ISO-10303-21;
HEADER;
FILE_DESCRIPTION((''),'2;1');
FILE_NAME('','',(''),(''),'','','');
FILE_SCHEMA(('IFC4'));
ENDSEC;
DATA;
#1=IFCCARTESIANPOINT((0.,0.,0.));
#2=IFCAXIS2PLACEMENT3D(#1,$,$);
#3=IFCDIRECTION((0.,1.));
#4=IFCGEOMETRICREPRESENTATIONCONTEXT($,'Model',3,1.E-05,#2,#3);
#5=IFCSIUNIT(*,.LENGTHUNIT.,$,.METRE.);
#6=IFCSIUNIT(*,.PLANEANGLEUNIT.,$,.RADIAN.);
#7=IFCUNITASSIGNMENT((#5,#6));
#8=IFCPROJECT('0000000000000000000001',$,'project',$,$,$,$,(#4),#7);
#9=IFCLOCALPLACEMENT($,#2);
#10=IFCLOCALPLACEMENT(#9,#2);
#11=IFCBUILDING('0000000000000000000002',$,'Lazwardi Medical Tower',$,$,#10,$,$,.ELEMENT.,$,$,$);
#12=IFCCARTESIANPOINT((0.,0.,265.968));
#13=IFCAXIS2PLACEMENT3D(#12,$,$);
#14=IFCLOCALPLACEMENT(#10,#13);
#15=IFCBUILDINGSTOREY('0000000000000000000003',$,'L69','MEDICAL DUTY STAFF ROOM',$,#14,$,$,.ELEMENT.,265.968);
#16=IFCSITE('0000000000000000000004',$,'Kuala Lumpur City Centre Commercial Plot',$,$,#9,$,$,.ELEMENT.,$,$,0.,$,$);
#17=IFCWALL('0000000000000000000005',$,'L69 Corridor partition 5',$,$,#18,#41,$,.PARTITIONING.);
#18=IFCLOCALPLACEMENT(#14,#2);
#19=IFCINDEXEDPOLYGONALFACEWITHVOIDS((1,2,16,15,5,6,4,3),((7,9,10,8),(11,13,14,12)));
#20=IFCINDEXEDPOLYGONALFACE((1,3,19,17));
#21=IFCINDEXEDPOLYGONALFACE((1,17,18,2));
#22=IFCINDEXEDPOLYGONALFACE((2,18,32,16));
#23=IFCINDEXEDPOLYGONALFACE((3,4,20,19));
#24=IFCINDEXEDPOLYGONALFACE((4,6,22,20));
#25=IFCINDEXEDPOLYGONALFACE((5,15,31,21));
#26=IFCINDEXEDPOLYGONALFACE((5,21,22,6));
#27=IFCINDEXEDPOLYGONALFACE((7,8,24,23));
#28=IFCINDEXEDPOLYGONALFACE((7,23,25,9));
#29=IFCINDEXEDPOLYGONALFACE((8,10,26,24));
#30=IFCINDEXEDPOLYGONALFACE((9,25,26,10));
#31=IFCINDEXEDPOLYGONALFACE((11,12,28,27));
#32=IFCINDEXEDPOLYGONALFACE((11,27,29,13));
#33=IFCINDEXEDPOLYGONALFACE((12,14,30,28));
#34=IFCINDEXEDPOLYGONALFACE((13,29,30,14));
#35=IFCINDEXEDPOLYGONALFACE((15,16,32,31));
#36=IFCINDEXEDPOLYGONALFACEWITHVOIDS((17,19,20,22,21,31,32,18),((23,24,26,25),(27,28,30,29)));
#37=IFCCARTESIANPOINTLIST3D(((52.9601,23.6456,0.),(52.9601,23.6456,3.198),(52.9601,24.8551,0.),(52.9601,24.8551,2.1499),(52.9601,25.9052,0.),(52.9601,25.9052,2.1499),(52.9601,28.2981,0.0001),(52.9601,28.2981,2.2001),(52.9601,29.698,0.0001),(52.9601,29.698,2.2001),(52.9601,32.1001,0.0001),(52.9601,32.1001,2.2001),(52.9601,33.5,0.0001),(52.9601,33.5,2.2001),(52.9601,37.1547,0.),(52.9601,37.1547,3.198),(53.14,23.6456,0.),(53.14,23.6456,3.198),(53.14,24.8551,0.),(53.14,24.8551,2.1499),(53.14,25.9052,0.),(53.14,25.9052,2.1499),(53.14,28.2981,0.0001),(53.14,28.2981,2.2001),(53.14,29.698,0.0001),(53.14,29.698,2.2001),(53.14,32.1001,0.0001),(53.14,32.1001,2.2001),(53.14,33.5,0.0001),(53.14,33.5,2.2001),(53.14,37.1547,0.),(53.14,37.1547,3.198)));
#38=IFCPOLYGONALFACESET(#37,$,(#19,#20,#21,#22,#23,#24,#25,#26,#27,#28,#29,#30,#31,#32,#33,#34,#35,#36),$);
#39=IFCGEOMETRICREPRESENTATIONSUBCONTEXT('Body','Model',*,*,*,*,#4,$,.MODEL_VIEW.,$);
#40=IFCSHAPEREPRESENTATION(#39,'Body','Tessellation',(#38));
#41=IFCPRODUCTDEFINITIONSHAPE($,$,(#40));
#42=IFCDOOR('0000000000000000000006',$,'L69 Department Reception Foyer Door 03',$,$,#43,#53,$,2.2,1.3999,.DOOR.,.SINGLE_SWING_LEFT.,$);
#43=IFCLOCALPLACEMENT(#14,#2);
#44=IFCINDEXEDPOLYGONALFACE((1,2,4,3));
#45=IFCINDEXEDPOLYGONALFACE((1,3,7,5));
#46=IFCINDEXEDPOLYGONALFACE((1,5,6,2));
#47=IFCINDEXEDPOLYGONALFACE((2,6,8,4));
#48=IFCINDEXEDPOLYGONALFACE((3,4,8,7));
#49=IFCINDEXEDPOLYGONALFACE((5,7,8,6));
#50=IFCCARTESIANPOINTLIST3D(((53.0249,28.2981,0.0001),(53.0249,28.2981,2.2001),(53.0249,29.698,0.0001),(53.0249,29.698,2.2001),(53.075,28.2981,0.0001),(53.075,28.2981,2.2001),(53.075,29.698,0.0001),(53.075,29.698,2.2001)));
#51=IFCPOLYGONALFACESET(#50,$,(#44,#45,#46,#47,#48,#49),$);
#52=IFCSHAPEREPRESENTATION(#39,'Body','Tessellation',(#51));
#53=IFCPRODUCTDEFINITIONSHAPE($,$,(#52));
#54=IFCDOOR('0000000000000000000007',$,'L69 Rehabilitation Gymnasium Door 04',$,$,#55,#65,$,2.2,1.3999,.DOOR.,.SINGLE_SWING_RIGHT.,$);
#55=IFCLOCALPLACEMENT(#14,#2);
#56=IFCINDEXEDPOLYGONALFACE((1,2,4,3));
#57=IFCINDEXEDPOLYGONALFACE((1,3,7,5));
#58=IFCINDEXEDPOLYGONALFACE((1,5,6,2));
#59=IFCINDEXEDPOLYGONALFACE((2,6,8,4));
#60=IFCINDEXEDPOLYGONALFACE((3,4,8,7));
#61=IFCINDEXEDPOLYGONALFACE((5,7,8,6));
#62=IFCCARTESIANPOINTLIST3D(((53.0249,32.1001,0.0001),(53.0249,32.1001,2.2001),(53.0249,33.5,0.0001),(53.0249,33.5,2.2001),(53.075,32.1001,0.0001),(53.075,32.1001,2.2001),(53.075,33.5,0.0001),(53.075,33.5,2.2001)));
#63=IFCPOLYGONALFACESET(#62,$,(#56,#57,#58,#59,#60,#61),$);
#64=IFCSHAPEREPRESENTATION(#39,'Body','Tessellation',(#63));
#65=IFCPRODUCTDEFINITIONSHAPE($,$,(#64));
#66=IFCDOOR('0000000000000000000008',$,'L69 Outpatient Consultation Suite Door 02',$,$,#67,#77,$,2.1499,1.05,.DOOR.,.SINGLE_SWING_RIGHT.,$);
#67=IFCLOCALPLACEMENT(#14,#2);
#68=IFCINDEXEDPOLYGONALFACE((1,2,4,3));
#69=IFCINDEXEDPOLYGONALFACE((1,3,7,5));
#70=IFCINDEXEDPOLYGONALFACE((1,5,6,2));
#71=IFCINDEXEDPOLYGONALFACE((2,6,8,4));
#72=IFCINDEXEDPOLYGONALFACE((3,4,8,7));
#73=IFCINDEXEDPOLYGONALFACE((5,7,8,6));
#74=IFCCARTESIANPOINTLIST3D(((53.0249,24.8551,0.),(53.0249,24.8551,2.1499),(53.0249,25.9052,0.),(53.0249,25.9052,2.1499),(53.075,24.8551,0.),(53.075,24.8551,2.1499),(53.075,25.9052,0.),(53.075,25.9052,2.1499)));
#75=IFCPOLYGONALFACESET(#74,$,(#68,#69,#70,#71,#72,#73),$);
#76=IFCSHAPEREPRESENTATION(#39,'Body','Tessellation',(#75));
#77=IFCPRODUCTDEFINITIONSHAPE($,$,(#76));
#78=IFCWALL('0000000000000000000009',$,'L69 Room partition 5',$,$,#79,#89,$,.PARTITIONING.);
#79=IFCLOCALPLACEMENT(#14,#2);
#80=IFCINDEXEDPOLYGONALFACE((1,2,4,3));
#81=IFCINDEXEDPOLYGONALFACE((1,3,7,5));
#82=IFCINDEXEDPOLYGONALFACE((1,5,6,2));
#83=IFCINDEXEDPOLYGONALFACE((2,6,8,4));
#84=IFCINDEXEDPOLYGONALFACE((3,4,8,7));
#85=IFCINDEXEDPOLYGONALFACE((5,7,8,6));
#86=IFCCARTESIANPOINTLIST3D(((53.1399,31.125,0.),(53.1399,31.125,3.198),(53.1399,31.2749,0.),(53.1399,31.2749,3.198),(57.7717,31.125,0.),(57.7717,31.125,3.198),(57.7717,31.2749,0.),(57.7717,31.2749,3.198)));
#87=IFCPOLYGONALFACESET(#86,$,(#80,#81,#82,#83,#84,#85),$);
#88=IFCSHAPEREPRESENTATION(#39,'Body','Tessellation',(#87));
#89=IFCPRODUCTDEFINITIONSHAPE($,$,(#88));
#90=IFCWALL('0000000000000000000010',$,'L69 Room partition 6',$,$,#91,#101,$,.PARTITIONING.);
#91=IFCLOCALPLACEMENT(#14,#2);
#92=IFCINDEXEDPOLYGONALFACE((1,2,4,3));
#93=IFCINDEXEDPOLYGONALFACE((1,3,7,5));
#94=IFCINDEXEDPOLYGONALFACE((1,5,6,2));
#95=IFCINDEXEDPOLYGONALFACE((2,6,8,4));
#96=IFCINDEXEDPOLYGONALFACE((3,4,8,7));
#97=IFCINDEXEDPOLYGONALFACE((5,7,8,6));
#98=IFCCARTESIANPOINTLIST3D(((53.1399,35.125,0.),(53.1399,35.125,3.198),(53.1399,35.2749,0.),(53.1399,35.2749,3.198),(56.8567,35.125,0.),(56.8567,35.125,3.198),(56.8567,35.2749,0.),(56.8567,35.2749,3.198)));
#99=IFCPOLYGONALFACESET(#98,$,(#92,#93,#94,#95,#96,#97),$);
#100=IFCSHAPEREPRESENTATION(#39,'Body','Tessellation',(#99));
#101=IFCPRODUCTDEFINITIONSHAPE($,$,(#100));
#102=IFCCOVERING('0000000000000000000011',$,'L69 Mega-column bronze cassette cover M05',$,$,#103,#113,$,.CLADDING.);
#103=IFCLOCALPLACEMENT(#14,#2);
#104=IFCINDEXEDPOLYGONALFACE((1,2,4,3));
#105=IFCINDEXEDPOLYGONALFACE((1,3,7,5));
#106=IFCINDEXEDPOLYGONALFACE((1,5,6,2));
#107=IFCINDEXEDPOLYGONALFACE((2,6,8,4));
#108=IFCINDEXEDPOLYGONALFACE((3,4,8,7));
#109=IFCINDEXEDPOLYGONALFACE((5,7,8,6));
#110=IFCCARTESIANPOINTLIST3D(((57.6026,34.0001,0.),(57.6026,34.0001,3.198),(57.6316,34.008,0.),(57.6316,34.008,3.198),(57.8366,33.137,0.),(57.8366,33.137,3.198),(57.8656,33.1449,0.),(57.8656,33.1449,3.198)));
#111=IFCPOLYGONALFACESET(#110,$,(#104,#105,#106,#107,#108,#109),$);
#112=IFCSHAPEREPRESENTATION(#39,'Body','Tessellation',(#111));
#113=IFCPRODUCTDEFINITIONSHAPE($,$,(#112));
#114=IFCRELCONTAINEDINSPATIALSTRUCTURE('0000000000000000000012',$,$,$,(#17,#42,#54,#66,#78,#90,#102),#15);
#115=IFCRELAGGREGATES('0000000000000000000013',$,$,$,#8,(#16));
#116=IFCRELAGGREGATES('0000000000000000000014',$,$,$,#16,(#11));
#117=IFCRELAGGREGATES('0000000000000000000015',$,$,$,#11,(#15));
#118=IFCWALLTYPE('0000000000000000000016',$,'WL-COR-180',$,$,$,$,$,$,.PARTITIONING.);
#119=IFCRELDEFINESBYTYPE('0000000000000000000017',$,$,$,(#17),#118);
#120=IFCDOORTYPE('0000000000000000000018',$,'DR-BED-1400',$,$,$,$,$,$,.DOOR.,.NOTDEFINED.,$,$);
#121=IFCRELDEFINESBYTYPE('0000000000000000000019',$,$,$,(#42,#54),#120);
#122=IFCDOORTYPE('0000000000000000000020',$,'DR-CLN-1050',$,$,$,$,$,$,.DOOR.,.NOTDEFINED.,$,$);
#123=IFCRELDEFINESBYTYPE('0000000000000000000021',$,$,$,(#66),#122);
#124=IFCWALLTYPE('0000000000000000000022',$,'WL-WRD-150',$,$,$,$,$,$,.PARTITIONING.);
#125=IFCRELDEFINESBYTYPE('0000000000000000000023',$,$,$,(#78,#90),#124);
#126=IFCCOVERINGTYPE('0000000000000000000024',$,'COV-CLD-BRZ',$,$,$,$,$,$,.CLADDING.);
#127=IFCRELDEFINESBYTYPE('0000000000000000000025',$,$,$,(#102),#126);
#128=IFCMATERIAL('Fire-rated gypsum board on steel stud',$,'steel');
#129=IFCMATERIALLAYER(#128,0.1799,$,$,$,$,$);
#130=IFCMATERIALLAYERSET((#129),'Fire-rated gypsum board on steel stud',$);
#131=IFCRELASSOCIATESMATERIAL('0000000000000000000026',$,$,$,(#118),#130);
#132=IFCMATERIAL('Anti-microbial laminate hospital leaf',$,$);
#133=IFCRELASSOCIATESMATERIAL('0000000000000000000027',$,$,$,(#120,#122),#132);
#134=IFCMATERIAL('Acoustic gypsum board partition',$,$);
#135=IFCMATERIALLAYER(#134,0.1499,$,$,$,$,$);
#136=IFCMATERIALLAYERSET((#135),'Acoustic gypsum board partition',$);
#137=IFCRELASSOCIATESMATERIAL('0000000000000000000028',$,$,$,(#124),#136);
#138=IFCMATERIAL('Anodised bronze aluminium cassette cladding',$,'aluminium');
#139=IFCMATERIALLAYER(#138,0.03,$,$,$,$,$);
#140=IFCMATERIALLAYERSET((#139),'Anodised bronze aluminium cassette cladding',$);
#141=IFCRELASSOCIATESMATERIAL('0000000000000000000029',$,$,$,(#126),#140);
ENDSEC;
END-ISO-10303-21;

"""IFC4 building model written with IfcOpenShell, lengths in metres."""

from ifc_helpers import new_model, si_unit, direction, frame, frame_2d, origin, origin_2d, place, context, subcontext, project, spatial, rectangle, extrude, material, layer, layer_set, type_object, element, fill, save


model = new_model("IFC4")

# Units and contexts
model_context = context("Model", 3, precision=1e-05, world=origin(), true_north=direction((0.0, 1.0)))
body_context = subcontext(model_context, "Body", "Model", "MODEL_VIEW")
ifc_project = project(units=[si_unit("LENGTHUNIT", "METRE"), si_unit("PLANEANGLEUNIT", "RADIAN")], contexts=[model_context])

# Site, building, storey
site_placement = place(None, origin())
site = spatial("IfcSite", under=ifc_project, at=site_placement, Name="Kuala Lumpur City Centre Commercial Plot", CompositionType="ELEMENT", RefElevation=0.0)
building_placement = place(site_placement, origin())
building = spatial("IfcBuilding", under=site, at=building_placement, Name="Lazwardi Medical Tower", CompositionType="ELEMENT")
storey_placement = place(building_placement, frame((0.0, 0.0, 265.968)))
storey = spatial("IfcBuildingStorey", under=building, at=storey_placement, Name="L69", Description="MEDICAL DUTY STAFF ROOM", CompositionType="ELEMENT", Elevation=265.968)

# Wall, openings, doors
ifc_material_1 = material(Name="Fire-rated gypsum board on steel stud", Category="steel")
ifc_layer_1 = layer(ifc_material_1, 0.1799)
ifc_layer_set_1 = layer_set([ifc_layer_1], Name="Fire-rated gypsum board on steel stud")
wall_type_1 = type_object("IfcWallType", Name="WL-COR-180", PredefinedType="PARTITIONING", material=ifc_layer_set_1)
wall_1_placement = place(storey_placement, frame((53.05, 37.1545, 0.0), z_axis=(0.0, 0.0, 1.0), x_axis=(0.0, -1.0, 0.0)))
wall_1 = element("IfcWall", 1, at=wall_1_placement, inside=storey, type_object=wall_type_1, Name="L69 Corridor partition 5", PredefinedType="PARTITIONING", context=body_context, shape_type="SweptSolid", body=[
    extrude(rectangle(XDim=13.509, YDim=0.1799, at=frame_2d((6.7544, 0.0))), origin(), (0.0, 0.0, 1.0), 3.198),
])
opening_1_placement = place(wall_1_placement, frame((11.2495, 0.0, 0.0)))
opening_1 = element("IfcOpeningElement", 2, at=opening_1_placement, cuts=wall_1, PredefinedType="OPENING", context=body_context, shape_type="SweptSolid", body=[
    extrude(rectangle(XDim=1.05, YDim=2.1499, at=frame_2d((0.5249, 1.075))), frame((0.0, 0.0999, 0.0), z_axis=(0.0, -1.0, 0.0), x_axis=(1.0, 0.0, 0.0)), (0.0, 0.0, 1.0), 0.2),
])
opening_2_placement = place(wall_1_placement, frame((7.4565, 0.0, 0.0)))
opening_2 = element("IfcOpeningElement", 3, at=opening_2_placement, cuts=wall_1, PredefinedType="OPENING", context=body_context, shape_type="SweptSolid", body=[
    extrude(rectangle(XDim=1.3999, YDim=2.2, at=frame_2d((0.7, 1.1001))), frame((0.0, 0.0999, 0.0), z_axis=(0.0, -1.0, 0.0), x_axis=(1.0, 0.0, 0.0)), (0.0, 0.0, 1.0), 0.2),
])
opening_3_placement = place(wall_1_placement, frame((3.6545, 0.0, 0.0)))
opening_3 = element("IfcOpeningElement", 4, at=opening_3_placement, cuts=wall_1, PredefinedType="OPENING", context=body_context, shape_type="SweptSolid", body=[
    extrude(rectangle(XDim=1.3999, YDim=2.2, at=frame_2d((0.7, 1.1001))), frame((0.0, 0.0999, 0.0), z_axis=(0.0, -1.0, 0.0), x_axis=(1.0, 0.0, 0.0)), (0.0, 0.0, 1.0), 0.2),
])
ifc_material_2 = material(Name="Anti-microbial laminate hospital leaf")
door_type_1 = type_object("IfcDoorType", Name="DR-BED-1400", OperationType="NOTDEFINED", PredefinedType="DOOR", material=ifc_material_2)
door_1_placement = place(opening_2_placement, origin())
door_1 = element("IfcDoor", 5, at=door_1_placement, inside=storey, type_object=door_type_1, Name="L69 Department Reception Foyer Door 03", OperationType="SINGLE_SWING_LEFT", OverallHeight=2.2, OverallWidth=1.3999, PredefinedType="DOOR", context=body_context, shape_type="SweptSolid", body=[
    extrude(rectangle(XDim=1.3999, YDim=2.2, at=frame_2d((0.7, 1.1001))), frame((0.0, 0.0249, 0.0), z_axis=(0.0, -1.0, 0.0), x_axis=(1.0, 0.0, 0.0)), (0.0, 0.0, 1.0), 0.05),
])
fill(opening_2, door_1)
door_2_placement = place(opening_3_placement, origin())
door_2 = element("IfcDoor", 6, at=door_2_placement, inside=storey, type_object=door_type_1, Name="L69 Rehabilitation Gymnasium Door 04", OperationType="SINGLE_SWING_RIGHT", OverallHeight=2.2, OverallWidth=1.3999, PredefinedType="DOOR", context=body_context, shape_type="SweptSolid", body=[
    extrude(rectangle(XDim=1.3999, YDim=2.2, at=frame_2d((0.7, 1.1001))), frame((0.0, 0.0249, 0.0), z_axis=(0.0, -1.0, 0.0), x_axis=(1.0, 0.0, 0.0)), (0.0, 0.0, 1.0), 0.05),
])
fill(opening_3, door_2)
door_type_2 = type_object("IfcDoorType", Name="DR-CLN-1050", OperationType="NOTDEFINED", PredefinedType="DOOR", material=ifc_material_2)
door_3_placement = place(opening_1_placement, origin())
door_3 = element("IfcDoor", 7, at=door_3_placement, inside=storey, type_object=door_type_2, Name="L69 Outpatient Consultation Suite Door 02", OperationType="SINGLE_SWING_RIGHT", OverallHeight=2.1499, OverallWidth=1.05, PredefinedType="DOOR", context=body_context, shape_type="SweptSolid", body=[
    extrude(rectangle(XDim=1.05, YDim=2.1499, at=frame_2d((0.5249, 1.075))), frame((0.0, 0.0249, 0.0), z_axis=(0.0, -1.0, 0.0), x_axis=(1.0, 0.0, 0.0)), (0.0, 0.0, 1.0), 0.05),
])
fill(opening_1, door_3)

# Walls
ifc_material_3 = material(Name="Acoustic gypsum board partition")
ifc_layer_2 = layer(ifc_material_3, 0.1499)
ifc_layer_set_2 = layer_set([ifc_layer_2], Name="Acoustic gypsum board partition")
wall_type_2 = type_object("IfcWallType", Name="WL-WRD-150", PredefinedType="PARTITIONING", material=ifc_layer_set_2)
wall_2_placement = place(storey_placement, frame((53.1399, 31.2, 0.0), z_axis=(0.0, 0.0, 1.0), x_axis=(1.0, 0.0, 0.0)))
element("IfcWall", 8, at=wall_2_placement, inside=storey, type_object=wall_type_2, Name="L69 Room partition 5", PredefinedType="PARTITIONING", context=body_context, shape_type="SweptSolid", body=[
    extrude(rectangle(XDim=4.6318, YDim=0.1499, at=frame_2d((2.3159, 0.0))), origin(), (0.0, 0.0, 1.0), 3.198),
])
wall_3_placement = place(storey_placement, frame((53.1399, 35.2, 0.0), z_axis=(0.0, 0.0, 1.0), x_axis=(1.0, 0.0, 0.0)))
element("IfcWall", 9, at=wall_3_placement, inside=storey, type_object=wall_type_2, Name="L69 Room partition 6", PredefinedType="PARTITIONING", context=body_context, shape_type="SweptSolid", body=[
    extrude(rectangle(XDim=3.7168, YDim=0.1499, at=frame_2d((1.8584, 0.0))), origin(), (0.0, 0.0, 1.0), 3.198),
])

# Covering
ifc_material_4 = material(Name="Anodised bronze aluminium cassette cladding", Category="aluminium")
ifc_layer_3 = layer(ifc_material_4, 0.03)
ifc_layer_set_3 = layer_set([ifc_layer_3], Name="Anodised bronze aluminium cassette cladding")
covering_type = type_object("IfcCoveringType", Name="COV-CLD-BRZ", PredefinedType="CLADDING", material=ifc_layer_set_3)
covering_placement = place(storey_placement, frame((57.7341, 33.5725, 0.0), z_axis=(0.0, 0.0, 1.0), x_axis=(-0.261642, 0.965165, 0.0)))
element("IfcCovering", 10, at=covering_placement, inside=storey, type_object=covering_type, Name="L69 Mega-column bronze cassette cover M05", PredefinedType="CLADDING", context=body_context, shape_type="SweptSolid", body=[
    extrude(rectangle(XDim=0.8943, YDim=0.03, at=origin_2d()), origin(), (0.0, 0.0, 1.0), 3.198),
])

save(model, "model.ifc")
